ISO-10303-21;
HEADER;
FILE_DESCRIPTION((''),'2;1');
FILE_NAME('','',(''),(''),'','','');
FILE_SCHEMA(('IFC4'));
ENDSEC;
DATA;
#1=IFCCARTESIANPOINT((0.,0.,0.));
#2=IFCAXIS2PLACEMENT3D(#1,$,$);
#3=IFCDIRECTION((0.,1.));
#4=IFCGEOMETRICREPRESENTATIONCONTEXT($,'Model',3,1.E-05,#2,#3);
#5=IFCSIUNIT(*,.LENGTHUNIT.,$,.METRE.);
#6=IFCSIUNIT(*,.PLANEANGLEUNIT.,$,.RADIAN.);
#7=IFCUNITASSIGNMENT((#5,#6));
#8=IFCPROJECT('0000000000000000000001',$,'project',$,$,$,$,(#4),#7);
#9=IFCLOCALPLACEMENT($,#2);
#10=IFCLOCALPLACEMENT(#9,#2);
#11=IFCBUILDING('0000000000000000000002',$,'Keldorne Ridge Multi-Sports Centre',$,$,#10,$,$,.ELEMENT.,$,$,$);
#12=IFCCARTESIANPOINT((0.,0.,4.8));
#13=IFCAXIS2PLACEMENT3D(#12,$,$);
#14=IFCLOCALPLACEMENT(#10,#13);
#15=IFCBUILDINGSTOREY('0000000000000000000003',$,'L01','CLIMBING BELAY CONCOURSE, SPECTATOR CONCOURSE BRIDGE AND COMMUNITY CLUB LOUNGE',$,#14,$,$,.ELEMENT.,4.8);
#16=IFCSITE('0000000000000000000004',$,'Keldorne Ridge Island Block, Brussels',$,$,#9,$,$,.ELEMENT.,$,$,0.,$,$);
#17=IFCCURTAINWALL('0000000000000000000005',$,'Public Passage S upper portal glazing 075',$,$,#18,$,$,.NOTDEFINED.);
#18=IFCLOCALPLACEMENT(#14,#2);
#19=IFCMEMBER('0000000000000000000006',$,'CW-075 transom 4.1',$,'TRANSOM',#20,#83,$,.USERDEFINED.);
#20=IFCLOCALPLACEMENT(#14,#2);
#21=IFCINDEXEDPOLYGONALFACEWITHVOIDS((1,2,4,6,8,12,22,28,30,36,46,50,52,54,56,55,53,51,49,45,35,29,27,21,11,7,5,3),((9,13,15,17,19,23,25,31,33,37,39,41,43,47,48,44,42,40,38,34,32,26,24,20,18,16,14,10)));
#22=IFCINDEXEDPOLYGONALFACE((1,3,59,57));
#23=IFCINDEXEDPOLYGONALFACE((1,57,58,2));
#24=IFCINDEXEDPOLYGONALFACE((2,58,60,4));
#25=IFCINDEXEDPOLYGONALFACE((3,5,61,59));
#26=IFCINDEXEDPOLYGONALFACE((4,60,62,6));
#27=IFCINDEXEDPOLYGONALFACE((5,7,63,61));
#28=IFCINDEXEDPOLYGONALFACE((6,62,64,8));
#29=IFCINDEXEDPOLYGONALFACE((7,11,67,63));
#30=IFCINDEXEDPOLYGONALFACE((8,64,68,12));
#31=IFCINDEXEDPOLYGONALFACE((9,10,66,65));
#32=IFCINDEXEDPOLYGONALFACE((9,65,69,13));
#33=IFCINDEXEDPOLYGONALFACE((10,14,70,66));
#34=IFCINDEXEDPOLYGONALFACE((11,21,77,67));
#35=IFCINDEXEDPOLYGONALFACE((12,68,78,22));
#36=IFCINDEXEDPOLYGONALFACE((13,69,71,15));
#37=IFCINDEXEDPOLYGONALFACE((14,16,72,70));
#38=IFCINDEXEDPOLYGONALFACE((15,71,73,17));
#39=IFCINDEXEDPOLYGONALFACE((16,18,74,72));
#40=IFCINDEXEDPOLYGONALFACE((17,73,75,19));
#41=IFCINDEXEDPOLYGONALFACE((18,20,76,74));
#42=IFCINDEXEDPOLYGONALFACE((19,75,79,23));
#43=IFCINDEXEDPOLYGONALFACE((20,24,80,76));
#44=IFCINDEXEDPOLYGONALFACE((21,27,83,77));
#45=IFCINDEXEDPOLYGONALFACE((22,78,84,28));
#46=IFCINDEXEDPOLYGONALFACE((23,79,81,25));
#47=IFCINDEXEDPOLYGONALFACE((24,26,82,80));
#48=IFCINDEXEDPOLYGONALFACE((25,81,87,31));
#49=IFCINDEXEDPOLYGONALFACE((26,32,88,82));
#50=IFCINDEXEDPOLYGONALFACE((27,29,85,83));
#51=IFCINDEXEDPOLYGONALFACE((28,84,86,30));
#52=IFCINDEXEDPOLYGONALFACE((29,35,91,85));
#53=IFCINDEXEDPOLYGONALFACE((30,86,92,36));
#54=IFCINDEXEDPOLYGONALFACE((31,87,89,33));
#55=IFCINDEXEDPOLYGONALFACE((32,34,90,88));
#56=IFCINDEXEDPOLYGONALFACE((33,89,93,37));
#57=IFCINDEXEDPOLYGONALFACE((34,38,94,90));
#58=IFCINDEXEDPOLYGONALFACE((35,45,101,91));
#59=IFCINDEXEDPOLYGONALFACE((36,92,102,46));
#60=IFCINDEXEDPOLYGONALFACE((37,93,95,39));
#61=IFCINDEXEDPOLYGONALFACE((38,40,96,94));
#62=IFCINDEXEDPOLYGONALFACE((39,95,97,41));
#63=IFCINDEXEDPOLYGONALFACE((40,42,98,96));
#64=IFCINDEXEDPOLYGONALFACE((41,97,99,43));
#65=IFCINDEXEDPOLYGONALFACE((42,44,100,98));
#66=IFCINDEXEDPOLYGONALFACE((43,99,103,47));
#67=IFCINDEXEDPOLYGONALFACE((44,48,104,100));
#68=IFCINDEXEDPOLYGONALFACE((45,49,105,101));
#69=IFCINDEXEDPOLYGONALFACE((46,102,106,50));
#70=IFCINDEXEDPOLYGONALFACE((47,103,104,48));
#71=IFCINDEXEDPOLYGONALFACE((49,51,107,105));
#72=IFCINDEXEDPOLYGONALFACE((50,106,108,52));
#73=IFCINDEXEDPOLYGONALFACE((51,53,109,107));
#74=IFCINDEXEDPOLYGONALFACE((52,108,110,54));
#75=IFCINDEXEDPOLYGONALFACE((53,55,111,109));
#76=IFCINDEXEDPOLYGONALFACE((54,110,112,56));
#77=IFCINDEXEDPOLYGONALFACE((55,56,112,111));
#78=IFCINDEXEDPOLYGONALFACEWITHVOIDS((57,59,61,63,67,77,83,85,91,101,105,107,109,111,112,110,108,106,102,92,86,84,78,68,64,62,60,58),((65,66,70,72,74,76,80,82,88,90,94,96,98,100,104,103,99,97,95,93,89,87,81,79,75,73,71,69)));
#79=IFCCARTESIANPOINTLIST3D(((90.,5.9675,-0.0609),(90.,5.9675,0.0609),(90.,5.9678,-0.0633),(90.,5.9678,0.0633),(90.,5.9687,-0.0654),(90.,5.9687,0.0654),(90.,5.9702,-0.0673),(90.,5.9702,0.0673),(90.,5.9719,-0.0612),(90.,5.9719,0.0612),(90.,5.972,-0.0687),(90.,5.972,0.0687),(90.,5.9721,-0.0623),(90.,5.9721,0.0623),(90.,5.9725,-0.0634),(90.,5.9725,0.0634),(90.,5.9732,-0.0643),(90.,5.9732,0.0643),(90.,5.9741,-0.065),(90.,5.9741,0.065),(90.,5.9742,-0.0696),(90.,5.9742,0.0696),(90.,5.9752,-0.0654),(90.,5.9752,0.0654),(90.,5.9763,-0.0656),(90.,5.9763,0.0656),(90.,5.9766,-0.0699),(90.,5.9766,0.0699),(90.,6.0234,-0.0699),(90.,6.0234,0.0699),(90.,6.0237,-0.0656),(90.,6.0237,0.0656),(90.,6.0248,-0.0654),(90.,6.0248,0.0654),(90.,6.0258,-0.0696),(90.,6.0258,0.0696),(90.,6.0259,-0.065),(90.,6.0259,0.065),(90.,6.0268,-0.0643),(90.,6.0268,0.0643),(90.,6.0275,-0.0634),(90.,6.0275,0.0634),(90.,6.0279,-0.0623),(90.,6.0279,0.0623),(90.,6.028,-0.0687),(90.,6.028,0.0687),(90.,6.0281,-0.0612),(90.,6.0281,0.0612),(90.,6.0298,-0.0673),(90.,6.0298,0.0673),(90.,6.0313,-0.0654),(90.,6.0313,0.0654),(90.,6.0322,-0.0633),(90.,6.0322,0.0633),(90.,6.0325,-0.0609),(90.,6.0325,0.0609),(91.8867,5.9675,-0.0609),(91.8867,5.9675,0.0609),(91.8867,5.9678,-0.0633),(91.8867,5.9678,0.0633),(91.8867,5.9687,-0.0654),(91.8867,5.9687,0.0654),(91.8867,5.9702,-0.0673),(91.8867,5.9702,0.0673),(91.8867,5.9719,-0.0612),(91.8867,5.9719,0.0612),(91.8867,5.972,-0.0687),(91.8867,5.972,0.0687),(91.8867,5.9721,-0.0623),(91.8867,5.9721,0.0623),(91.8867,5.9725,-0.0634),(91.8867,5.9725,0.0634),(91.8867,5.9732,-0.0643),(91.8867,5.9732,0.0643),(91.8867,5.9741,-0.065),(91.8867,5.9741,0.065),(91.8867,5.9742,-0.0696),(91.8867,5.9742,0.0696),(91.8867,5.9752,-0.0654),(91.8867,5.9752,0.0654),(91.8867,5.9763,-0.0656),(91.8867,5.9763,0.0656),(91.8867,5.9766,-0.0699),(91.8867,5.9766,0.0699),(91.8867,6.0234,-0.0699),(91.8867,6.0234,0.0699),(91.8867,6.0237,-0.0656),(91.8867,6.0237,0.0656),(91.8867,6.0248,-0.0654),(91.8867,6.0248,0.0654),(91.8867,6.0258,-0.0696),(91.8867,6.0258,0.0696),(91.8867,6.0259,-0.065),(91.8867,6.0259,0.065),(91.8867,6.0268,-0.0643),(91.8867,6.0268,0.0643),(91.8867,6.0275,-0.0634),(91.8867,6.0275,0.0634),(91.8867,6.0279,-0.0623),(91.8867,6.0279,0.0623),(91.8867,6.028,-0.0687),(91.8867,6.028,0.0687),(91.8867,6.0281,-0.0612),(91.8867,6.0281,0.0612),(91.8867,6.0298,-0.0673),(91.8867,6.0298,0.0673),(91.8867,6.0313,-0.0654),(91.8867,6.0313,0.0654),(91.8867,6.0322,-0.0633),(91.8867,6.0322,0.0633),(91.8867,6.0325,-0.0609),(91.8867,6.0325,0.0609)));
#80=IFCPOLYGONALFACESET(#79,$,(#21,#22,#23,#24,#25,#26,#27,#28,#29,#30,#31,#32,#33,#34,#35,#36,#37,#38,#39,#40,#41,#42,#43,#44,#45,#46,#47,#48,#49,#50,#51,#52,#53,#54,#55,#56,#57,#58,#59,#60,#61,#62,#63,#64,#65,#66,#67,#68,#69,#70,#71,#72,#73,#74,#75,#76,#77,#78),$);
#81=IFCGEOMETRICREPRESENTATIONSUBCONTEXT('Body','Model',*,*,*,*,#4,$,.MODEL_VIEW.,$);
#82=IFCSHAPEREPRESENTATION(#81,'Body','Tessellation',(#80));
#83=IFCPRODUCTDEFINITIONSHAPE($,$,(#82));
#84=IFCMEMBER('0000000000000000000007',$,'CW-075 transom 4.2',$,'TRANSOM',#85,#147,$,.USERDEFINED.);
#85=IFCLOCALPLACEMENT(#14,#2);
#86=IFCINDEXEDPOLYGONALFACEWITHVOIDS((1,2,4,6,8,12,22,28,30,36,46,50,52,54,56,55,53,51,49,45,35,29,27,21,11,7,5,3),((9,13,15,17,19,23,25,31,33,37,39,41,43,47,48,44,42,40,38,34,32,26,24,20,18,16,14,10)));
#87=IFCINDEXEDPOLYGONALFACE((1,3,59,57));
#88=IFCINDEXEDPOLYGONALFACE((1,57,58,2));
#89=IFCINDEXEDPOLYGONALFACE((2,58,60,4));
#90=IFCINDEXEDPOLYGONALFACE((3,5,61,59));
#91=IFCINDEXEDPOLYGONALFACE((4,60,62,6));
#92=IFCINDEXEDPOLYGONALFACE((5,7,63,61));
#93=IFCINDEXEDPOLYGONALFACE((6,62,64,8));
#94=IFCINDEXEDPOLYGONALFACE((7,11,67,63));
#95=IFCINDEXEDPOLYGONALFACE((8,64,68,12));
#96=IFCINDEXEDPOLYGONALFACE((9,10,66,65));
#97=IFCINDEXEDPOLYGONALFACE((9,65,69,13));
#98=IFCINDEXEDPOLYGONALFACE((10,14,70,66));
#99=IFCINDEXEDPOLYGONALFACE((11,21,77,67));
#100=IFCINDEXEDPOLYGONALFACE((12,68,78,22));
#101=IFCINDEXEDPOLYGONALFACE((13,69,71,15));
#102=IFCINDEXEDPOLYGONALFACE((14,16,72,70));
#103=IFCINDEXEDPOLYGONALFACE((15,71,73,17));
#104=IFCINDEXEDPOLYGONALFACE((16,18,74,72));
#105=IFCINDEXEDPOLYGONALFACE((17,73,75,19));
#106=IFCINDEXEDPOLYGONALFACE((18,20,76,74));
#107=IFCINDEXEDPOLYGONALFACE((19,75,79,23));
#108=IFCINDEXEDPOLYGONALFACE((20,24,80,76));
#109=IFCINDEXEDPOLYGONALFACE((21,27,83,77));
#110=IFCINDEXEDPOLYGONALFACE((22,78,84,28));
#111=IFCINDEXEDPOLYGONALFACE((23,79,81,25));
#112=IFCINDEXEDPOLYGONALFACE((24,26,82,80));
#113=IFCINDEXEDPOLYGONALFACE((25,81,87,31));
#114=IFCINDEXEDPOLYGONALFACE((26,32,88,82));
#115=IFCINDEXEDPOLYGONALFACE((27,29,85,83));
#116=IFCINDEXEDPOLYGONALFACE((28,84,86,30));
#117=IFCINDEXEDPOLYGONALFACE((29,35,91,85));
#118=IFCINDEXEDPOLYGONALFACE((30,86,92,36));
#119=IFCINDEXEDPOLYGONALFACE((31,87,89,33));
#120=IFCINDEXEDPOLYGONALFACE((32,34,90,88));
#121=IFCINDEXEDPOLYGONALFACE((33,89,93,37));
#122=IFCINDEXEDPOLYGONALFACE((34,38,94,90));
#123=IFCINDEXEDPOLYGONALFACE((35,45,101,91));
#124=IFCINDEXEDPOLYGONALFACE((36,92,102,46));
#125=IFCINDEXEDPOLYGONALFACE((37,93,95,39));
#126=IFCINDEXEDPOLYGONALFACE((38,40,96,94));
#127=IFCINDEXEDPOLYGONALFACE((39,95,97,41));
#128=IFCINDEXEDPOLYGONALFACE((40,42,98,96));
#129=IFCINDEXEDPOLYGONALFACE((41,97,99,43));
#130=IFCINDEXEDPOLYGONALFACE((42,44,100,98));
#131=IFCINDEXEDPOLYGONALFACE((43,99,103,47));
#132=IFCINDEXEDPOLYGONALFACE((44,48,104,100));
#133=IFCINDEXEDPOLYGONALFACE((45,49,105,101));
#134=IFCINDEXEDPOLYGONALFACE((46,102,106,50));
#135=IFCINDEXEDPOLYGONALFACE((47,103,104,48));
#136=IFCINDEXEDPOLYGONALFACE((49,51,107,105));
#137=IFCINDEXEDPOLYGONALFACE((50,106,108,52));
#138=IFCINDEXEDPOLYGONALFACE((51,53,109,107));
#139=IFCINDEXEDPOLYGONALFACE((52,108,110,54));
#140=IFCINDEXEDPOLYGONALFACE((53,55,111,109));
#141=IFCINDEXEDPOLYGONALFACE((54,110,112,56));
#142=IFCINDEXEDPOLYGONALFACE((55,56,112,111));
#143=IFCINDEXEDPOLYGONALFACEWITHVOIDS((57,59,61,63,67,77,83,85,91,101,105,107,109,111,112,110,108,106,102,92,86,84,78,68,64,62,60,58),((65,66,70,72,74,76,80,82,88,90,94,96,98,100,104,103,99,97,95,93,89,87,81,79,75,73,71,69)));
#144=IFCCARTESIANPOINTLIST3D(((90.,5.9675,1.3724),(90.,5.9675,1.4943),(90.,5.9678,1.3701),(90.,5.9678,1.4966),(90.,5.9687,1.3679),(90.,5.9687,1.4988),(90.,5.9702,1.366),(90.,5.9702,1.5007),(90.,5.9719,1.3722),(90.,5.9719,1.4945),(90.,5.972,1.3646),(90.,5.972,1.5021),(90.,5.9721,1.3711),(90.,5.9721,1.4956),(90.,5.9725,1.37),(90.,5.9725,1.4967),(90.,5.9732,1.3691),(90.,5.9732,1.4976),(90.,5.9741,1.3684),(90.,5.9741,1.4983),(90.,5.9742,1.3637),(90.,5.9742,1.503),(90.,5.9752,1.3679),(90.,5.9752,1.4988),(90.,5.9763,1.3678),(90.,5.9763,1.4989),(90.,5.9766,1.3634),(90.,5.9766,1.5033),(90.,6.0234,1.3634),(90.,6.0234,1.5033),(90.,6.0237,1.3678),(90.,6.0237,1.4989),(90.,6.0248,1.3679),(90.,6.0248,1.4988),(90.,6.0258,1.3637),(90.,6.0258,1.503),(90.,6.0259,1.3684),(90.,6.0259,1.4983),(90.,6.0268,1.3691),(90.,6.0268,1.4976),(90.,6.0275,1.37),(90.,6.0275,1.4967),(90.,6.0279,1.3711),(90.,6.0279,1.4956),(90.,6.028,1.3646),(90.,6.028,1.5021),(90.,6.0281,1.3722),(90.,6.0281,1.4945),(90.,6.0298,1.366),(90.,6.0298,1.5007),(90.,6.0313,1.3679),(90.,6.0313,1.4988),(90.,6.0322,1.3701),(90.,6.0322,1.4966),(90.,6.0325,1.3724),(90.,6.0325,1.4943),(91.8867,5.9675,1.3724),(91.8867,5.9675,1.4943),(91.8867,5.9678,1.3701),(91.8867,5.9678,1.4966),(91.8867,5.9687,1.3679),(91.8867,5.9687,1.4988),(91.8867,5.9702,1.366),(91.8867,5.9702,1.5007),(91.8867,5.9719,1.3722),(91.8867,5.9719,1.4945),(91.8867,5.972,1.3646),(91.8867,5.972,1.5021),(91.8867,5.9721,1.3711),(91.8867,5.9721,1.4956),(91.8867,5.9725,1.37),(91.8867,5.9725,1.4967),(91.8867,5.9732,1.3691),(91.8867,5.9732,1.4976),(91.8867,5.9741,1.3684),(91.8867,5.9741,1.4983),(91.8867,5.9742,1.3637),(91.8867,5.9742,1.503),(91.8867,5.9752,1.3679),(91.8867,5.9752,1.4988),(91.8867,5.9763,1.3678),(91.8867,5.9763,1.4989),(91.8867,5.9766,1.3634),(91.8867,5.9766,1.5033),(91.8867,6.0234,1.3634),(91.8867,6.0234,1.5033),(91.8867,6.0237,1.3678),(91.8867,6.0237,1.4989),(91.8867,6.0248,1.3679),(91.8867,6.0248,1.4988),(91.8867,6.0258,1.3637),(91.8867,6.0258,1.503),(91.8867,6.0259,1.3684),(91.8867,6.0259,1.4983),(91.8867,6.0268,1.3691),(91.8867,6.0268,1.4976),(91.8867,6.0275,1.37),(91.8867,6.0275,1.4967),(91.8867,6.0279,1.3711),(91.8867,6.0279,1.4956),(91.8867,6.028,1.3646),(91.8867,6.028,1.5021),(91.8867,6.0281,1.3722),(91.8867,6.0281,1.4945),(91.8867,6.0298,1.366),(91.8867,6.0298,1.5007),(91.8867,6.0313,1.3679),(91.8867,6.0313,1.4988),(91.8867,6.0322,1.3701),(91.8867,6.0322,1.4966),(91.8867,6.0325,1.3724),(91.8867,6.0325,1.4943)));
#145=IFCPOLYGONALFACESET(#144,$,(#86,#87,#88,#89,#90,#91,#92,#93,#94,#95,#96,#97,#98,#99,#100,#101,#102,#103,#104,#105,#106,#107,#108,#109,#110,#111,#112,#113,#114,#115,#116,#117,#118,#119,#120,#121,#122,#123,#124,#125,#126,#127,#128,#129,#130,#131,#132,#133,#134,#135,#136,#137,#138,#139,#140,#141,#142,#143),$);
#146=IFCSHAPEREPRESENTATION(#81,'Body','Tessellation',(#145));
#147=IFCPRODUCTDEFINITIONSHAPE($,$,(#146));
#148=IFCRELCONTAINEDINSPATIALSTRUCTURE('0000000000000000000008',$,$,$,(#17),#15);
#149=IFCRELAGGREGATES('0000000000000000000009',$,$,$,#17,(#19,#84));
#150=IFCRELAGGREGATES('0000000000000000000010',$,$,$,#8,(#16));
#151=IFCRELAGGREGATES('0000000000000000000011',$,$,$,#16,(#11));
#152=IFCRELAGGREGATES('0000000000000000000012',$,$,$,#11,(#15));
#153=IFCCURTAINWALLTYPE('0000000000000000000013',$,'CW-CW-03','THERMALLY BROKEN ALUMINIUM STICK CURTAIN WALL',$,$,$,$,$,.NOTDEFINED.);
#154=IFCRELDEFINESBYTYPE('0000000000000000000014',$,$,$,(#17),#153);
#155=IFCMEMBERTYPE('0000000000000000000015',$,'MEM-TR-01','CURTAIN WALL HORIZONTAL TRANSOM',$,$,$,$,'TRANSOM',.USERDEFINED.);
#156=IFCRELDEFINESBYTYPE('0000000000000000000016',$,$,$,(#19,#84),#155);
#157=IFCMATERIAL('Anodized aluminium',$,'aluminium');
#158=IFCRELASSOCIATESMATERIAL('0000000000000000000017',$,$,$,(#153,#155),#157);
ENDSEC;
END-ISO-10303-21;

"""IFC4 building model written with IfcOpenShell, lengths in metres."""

from ifc_helpers import new_model, si_unit, direction, frame, origin, origin_2d, place, context, subcontext, project, spatial, hollow_rectangle, extrude, material, material_profile, profile_set, type_object, element, aggregate, save


model = new_model("IFC4")

# Units and contexts
model_context = context("Model", 3, precision=1e-05, world=origin(), true_north=direction((0.0, 1.0)))
body_context = subcontext(model_context, "Body", "Model", "MODEL_VIEW")
ifc_project = project(units=[si_unit("LENGTHUNIT", "METRE"), si_unit("PLANEANGLEUNIT", "RADIAN")], contexts=[model_context])

# Site, building, storey
site_placement = place(None, origin())
site = spatial("IfcSite", under=ifc_project, at=site_placement, Name="Keldorne Ridge Island Block, Brussels", CompositionType="ELEMENT", RefElevation=0.0)
building_placement = place(site_placement, origin())
building = spatial("IfcBuilding", under=site, at=building_placement, Name="Keldorne Ridge Multi-Sports Centre", CompositionType="ELEMENT")
storey_placement = place(building_placement, frame((0.0, 0.0, 4.8)))
storey = spatial("IfcBuildingStorey", under=building, at=storey_placement, Name="L01", Description="CLIMBING BELAY CONCOURSE, SPECTATOR CONCOURSE BRIDGE AND COMMUNITY CLUB LOUNGE", CompositionType="ELEMENT", Elevation=4.8)

# Curtain wall, members
ifc_material_1 = material(Name="Anodized aluminium", Category="aluminium")
curtain_wall_type = type_object("IfcCurtainWallType", Name="CW-CW-03", Description="THERMALLY BROKEN ALUMINIUM STICK CURTAIN WALL", PredefinedType="NOTDEFINED", material=ifc_material_1)
curtain_wall_placement = place(storey_placement, origin())
curtain_wall = element("IfcCurtainWall", 1, at=curtain_wall_placement, inside=storey, type_object=curtain_wall_type, Name="Public Passage S upper portal glazing 075", PredefinedType="NOTDEFINED")
ifc_material_profile_1 = material_profile(ifc_material_1, hollow_rectangle(XDim=0.0649, YDim=0.1399, WallThickness=0.0044, InnerFilletRadius=0.0044, OuterFilletRadius=0.009, at=origin_2d()), Name="ALU TRANSOM 140x65x4.5")
ifc_profile_set_1 = profile_set([ifc_material_profile_1], Name="Anodized aluminium")
member_type_1 = type_object("IfcMemberType", Name="MEM-TR-01", Description="CURTAIN WALL HORIZONTAL TRANSOM", ElementType="TRANSOM", PredefinedType="USERDEFINED", material=ifc_profile_set_1)
member_1_placement = place(storey_placement, frame((90.0, 6.0, 0.0), z_axis=(1.0, 0.0, 0.0), x_axis=(0.0, 1.0, 0.0)))
member_1 = element("IfcMember", 2, at=member_1_placement, type_object=member_type_1, Name="CW-075 transom 4.1", ObjectType="TRANSOM", PredefinedType="USERDEFINED", context=body_context, shape_type="SweptSolid", body=[
    extrude(hollow_rectangle(XDim=0.0649, YDim=0.1399, WallThickness=0.0044, InnerFilletRadius=0.0044, OuterFilletRadius=0.009, at=origin_2d()), origin(), (0.0, 0.0, 1.0), 1.8867),
])
member_2_placement = place(storey_placement, frame((90.0, 6.0, 1.4333), z_axis=(1.0, 0.0, 0.0), x_axis=(0.0, 1.0, 0.0)))
member_2 = element("IfcMember", 3, at=member_2_placement, type_object=member_type_1, Name="CW-075 transom 4.2", ObjectType="TRANSOM", PredefinedType="USERDEFINED", context=body_context, shape_type="SweptSolid", body=[
    extrude(hollow_rectangle(XDim=0.0649, YDim=0.1399, WallThickness=0.0044, InnerFilletRadius=0.0044, OuterFilletRadius=0.009, at=origin_2d()), origin(), (0.0, 0.0, 1.0), 1.8867),
])
aggregate(curtain_wall, [member_1, member_2])

save(model, "model.ifc")
